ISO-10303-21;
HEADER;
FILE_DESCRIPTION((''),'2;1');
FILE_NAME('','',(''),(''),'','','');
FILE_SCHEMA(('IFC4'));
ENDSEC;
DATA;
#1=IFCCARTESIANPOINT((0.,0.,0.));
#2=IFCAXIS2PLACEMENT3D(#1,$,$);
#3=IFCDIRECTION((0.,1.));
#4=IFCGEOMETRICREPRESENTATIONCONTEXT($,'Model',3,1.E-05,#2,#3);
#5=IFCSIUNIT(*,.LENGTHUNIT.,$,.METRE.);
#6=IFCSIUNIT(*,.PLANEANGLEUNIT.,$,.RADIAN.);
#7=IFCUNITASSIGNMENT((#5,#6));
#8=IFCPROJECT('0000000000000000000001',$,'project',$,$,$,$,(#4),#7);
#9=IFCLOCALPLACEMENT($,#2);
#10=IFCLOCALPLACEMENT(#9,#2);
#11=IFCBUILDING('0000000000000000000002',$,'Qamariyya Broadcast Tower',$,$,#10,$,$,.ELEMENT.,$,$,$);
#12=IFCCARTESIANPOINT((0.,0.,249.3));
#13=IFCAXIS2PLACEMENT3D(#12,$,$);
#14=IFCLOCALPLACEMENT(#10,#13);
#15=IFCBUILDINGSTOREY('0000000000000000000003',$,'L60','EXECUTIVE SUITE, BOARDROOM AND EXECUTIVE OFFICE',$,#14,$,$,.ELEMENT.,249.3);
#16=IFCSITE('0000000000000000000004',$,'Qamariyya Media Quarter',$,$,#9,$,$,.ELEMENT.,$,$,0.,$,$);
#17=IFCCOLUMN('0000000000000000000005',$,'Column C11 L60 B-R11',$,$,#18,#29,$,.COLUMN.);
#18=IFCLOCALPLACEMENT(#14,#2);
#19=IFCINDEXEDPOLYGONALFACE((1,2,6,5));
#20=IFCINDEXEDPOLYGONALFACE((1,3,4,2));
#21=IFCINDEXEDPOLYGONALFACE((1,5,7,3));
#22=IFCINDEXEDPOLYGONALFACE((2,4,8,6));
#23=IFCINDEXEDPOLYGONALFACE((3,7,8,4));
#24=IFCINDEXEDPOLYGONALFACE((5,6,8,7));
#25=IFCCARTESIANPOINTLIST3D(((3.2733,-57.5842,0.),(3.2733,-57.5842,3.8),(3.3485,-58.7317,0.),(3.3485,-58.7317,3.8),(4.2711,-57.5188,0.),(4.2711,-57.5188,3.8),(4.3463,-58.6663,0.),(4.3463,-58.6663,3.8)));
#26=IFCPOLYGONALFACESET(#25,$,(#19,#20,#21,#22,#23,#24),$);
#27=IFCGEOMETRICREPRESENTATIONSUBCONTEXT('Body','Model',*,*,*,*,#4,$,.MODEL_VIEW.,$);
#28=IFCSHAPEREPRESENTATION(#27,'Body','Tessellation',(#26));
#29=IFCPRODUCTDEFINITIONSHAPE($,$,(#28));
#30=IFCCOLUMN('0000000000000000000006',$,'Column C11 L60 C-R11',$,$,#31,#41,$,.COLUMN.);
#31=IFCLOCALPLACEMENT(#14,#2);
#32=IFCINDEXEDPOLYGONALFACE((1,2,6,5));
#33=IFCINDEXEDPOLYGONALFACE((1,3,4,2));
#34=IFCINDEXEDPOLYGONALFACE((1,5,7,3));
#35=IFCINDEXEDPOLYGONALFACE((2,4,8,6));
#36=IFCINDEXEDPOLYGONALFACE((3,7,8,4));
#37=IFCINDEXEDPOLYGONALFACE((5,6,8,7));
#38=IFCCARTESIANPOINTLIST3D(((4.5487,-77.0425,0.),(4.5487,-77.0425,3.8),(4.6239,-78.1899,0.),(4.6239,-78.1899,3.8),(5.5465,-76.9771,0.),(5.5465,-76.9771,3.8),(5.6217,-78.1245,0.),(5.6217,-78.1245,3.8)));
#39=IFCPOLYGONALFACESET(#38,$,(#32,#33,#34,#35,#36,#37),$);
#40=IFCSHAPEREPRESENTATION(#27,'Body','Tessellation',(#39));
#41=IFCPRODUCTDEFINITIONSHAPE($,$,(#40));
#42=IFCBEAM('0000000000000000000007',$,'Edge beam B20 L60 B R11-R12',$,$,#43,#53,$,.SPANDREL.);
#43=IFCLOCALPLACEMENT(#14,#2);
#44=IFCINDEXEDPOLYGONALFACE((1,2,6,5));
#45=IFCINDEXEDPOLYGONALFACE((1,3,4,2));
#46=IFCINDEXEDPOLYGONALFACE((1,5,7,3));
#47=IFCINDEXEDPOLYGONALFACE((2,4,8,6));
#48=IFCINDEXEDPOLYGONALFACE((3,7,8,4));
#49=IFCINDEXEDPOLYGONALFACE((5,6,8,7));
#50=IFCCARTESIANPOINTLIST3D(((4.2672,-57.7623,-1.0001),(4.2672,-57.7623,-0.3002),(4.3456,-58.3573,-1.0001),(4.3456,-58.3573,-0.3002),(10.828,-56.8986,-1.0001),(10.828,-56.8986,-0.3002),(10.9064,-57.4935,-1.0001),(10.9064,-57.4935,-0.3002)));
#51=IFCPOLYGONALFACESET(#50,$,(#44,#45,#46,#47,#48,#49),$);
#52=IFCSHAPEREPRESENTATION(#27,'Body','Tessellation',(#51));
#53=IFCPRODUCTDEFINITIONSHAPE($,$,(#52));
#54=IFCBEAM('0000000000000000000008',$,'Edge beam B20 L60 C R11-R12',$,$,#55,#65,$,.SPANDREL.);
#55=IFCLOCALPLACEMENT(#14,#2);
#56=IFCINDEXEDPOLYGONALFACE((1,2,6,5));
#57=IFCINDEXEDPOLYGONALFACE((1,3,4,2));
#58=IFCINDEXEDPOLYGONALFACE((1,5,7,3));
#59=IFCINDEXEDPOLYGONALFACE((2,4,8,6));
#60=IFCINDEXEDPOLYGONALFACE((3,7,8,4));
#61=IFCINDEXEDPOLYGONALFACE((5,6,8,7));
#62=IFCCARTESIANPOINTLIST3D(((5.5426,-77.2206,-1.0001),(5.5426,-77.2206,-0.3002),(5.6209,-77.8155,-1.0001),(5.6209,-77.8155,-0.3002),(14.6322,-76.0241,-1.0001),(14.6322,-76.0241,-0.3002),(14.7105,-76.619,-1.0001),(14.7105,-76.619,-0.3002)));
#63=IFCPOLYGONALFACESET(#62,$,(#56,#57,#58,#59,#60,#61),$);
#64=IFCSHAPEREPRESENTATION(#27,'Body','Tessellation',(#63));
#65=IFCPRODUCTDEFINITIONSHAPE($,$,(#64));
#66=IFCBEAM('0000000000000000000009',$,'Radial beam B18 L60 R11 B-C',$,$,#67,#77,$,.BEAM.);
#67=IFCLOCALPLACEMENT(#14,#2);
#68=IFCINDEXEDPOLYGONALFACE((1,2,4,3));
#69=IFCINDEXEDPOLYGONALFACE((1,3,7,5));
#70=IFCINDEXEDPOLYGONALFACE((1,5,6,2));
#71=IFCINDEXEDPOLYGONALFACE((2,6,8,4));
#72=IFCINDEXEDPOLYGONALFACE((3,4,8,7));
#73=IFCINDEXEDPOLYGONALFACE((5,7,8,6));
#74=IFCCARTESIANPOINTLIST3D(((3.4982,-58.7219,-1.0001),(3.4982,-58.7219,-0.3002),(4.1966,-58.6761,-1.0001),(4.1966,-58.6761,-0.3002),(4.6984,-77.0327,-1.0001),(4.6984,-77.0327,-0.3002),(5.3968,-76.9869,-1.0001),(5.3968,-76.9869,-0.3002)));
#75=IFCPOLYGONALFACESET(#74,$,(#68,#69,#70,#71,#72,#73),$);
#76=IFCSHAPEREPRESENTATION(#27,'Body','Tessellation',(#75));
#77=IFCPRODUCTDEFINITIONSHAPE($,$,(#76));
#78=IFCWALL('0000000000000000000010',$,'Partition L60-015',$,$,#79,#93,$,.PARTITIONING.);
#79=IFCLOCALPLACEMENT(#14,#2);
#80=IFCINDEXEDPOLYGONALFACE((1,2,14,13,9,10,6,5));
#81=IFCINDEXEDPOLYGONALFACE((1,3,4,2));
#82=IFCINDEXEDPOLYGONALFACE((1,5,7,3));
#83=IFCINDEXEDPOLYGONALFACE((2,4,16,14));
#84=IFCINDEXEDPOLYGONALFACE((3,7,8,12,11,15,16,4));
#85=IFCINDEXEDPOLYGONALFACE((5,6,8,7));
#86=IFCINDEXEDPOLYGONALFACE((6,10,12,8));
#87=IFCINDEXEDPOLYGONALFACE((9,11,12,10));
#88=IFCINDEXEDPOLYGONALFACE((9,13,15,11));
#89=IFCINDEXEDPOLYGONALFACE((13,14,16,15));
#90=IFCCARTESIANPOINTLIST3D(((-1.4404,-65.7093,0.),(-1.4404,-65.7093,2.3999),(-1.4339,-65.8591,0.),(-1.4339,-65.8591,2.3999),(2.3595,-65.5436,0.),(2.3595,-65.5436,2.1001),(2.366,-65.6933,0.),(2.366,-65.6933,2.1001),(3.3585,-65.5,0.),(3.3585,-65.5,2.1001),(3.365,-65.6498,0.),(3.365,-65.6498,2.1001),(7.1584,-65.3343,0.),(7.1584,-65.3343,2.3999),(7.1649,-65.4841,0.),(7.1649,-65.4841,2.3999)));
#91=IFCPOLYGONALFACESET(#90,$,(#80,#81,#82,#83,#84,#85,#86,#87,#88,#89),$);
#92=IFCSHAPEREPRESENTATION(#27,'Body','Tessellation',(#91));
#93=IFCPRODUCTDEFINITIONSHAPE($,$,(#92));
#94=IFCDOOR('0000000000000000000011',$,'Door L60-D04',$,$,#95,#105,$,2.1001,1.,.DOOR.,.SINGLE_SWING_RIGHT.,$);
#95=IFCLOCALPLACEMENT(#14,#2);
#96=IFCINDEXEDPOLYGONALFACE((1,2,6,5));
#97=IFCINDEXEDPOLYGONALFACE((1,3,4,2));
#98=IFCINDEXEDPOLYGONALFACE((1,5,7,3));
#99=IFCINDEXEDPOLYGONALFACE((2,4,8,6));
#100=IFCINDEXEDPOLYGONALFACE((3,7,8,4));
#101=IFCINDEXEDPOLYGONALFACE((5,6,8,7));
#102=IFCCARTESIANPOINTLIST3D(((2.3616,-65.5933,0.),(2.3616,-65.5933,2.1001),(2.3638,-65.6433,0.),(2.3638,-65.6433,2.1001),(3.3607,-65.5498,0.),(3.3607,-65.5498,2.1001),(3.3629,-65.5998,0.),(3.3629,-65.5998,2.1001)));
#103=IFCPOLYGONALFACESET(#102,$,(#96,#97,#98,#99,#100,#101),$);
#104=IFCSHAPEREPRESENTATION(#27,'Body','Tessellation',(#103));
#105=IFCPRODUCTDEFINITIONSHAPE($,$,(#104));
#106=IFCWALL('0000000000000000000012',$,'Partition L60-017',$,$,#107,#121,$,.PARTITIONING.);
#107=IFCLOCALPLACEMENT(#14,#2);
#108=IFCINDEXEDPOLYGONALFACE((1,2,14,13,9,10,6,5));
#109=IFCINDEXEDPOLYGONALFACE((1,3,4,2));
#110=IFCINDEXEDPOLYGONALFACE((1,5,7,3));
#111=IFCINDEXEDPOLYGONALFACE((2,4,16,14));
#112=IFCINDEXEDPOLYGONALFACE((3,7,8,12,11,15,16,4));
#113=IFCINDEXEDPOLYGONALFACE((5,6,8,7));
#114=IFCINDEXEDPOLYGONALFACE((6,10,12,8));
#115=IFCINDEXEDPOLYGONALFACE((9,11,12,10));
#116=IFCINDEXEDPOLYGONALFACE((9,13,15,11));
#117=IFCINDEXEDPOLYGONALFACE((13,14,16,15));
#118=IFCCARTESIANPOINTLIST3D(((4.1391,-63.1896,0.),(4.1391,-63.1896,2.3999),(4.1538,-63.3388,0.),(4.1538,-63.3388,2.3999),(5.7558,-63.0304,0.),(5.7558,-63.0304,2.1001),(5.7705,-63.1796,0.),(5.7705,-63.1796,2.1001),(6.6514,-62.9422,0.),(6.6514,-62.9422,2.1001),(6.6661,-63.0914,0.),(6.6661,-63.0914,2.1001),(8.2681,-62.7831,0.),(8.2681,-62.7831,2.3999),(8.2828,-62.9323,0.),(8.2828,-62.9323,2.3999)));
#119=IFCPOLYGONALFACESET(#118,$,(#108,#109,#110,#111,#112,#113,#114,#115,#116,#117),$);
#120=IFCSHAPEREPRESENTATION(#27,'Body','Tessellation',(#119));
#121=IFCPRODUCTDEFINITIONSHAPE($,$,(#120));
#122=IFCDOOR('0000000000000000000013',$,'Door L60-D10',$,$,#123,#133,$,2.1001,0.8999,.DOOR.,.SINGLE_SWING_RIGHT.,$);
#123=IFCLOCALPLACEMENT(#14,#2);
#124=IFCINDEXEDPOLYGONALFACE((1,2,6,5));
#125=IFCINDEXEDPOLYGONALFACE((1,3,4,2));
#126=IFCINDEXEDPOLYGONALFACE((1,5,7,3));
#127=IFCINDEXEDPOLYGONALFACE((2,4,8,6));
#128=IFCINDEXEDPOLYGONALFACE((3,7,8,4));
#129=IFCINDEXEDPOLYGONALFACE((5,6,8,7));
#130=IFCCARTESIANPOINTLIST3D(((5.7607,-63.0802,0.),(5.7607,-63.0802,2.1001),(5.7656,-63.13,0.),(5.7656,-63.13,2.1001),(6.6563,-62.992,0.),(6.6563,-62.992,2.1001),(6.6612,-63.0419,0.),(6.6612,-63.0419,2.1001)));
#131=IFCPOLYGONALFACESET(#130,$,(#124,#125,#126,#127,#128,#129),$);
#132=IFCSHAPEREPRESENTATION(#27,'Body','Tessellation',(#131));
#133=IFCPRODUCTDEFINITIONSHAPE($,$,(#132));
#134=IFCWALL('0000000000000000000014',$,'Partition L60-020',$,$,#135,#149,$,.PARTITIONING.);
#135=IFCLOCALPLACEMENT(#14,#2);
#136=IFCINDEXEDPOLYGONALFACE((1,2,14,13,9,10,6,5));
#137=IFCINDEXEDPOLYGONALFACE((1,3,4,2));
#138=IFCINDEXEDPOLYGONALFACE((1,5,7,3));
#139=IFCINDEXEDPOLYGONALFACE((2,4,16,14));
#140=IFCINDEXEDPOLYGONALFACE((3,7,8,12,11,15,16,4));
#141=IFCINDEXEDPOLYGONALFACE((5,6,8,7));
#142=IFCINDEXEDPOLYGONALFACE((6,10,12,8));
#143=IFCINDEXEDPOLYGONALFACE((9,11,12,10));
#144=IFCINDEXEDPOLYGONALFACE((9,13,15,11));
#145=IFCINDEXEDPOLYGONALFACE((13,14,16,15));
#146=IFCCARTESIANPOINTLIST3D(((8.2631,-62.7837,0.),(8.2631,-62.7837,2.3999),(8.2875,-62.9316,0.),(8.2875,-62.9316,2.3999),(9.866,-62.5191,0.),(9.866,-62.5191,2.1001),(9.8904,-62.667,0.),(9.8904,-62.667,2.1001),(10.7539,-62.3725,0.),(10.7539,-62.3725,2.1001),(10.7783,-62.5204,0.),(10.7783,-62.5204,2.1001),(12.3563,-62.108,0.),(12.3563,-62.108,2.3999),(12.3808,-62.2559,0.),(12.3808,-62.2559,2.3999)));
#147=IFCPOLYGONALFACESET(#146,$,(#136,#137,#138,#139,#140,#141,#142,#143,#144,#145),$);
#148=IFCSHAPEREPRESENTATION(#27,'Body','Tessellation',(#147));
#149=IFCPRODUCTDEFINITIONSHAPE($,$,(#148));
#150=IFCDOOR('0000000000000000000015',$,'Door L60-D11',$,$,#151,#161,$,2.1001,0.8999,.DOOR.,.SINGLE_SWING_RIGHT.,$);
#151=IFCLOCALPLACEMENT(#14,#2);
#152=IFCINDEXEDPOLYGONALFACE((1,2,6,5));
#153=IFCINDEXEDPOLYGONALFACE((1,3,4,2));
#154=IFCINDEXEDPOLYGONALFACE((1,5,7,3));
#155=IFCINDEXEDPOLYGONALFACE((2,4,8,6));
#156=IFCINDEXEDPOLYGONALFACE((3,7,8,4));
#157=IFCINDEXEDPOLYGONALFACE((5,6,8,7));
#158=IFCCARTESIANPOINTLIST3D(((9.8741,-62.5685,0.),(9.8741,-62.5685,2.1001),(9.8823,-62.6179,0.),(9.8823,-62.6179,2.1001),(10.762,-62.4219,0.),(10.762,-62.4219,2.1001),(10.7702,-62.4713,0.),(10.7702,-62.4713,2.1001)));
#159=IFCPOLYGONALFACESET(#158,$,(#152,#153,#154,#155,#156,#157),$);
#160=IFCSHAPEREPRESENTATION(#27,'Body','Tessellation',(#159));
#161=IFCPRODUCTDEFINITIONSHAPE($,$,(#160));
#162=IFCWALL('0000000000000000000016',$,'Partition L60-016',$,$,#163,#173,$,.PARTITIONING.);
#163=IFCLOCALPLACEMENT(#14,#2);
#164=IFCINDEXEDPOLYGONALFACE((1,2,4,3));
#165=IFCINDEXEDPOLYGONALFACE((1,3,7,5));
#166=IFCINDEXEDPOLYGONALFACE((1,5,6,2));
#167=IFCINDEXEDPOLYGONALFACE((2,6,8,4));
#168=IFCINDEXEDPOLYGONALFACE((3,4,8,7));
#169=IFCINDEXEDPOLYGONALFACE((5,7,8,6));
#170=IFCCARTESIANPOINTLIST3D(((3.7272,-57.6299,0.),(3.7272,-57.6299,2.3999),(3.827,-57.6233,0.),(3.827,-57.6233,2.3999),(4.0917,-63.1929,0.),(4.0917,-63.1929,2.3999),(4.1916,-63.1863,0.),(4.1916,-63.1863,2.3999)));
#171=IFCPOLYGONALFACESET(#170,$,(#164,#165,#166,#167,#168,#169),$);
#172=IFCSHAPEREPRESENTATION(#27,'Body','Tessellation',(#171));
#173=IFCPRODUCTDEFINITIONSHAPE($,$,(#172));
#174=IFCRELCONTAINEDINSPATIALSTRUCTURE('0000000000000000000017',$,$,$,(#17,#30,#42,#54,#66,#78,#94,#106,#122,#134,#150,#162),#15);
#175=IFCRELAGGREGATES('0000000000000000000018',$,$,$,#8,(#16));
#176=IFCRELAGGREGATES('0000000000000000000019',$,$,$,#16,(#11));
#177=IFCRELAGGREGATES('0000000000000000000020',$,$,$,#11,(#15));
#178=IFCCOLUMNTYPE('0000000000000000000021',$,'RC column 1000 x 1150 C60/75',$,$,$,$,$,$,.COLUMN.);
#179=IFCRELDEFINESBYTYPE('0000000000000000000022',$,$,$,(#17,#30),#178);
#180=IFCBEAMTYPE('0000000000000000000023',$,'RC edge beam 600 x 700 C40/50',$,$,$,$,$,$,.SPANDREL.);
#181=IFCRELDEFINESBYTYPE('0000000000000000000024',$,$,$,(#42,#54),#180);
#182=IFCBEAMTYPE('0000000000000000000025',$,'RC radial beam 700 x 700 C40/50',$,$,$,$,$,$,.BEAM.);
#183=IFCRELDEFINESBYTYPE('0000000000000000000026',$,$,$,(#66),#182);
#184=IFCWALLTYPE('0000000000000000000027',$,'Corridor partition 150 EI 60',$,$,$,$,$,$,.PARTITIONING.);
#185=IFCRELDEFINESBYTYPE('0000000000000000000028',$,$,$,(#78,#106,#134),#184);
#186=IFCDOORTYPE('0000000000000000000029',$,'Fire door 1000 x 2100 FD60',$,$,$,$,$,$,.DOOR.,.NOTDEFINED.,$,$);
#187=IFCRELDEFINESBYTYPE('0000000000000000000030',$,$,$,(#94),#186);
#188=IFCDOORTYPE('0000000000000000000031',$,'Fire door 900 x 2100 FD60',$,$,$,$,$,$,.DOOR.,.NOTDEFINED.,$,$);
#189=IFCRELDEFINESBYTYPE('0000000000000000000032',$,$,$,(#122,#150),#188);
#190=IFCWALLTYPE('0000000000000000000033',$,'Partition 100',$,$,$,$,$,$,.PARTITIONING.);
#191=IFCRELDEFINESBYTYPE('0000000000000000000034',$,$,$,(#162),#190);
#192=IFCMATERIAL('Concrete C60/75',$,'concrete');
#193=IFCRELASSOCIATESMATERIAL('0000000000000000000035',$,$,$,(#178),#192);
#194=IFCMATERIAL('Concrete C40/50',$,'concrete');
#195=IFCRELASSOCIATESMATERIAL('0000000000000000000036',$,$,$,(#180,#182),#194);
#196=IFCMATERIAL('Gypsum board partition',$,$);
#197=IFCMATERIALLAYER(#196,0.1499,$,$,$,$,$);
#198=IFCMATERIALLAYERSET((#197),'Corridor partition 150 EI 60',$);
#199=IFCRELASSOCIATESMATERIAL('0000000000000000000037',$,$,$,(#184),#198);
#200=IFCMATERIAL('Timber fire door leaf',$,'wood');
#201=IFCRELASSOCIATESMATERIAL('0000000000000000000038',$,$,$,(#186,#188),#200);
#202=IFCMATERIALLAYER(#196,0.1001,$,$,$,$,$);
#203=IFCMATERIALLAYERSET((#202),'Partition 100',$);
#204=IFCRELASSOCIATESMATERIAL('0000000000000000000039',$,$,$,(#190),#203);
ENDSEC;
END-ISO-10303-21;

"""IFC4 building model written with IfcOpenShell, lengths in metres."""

from ifc_helpers import new_model, si_unit, direction, frame, frame_2d, origin, origin_2d, place, context, subcontext, project, spatial, rectangle, extrude, material, layer, layer_set, material_profile, profile_set, type_object, element, fill, save


model = new_model("IFC4")

# Units and contexts
model_context = context("Model", 3, precision=1e-05, world=origin(), true_north=direction((0.0, 1.0)))
body_context = subcontext(model_context, "Body", "Model", "MODEL_VIEW")
ifc_project = project(units=[si_unit("LENGTHUNIT", "METRE"), si_unit("PLANEANGLEUNIT", "RADIAN")], contexts=[model_context])

# Site, building, storey
site_placement = place(None, origin())
site = spatial("IfcSite", under=ifc_project, at=site_placement, Name="Qamariyya Media Quarter", CompositionType="ELEMENT", RefElevation=0.0)
building_placement = place(site_placement, origin())
building = spatial("IfcBuilding", under=site, at=building_placement, Name="Qamariyya Broadcast Tower", CompositionType="ELEMENT")
storey_placement = place(building_placement, frame((0.0, 0.0, 249.3)))
storey = spatial("IfcBuildingStorey", under=building, at=storey_placement, Name="L60", Description="EXECUTIVE SUITE, BOARDROOM AND EXECUTIVE OFFICE", CompositionType="ELEMENT", Elevation=249.3)

# Columns
ifc_material_1 = material(Name="Concrete C60/75", Category="concrete")
ifc_material_profile_1 = material_profile(ifc_material_1, rectangle(XDim=1.0, YDim=1.1499, at=origin_2d()))
ifc_profile_set_1 = profile_set([ifc_material_profile_1], Name="Concrete C60/75")
column_type = type_object("IfcColumnType", Name="RC column 1000 x 1150 C60/75", PredefinedType="COLUMN", material=ifc_profile_set_1)
for number, where, z_axis, x_axis, name in (
    (1, (3.8098, -58.1252, 0.0), (0.0, 0.0, 1.0), (0.997859, 0.065403, 0.0), "Column C11 L60 B-R11"),
    (2, (5.0852, -77.5835, 0.0), (0.0, 0.0, 1.0), (0.997859, 0.065403, 0.0), "Column C11 L60 C-R11"),
):
    element("IfcColumn", number, at=place(storey_placement, frame(where, z_axis=z_axis, x_axis=x_axis)), inside=storey, type_object=column_type, Name=name, PredefinedType="COLUMN", context=body_context, shape_type="SweptSolid", body=[
        extrude(rectangle(XDim=1.0, YDim=1.1499, at=origin_2d()), origin(), (0.0, 0.0, 1.0), 3.8),
    ])

# Beams
ifc_material_2 = material(Name="Concrete C40/50", Category="concrete")
ifc_material_profile_2 = material_profile(ifc_material_2, rectangle(XDim=0.6001, YDim=0.7, at=origin_2d()))
ifc_profile_set_2 = profile_set([ifc_material_profile_2], Name="Concrete C40/50")
beam_type_1 = type_object("IfcBeamType", Name="RC edge beam 600 x 700 C40/50", PredefinedType="SPANDREL", material=ifc_profile_set_2)
beam_1_placement = place(storey_placement, frame((4.3064, -58.0598, -0.6501), z_axis=(0.991444, 0.13053, 0.0), x_axis=(-0.13053, 0.991444, 0.0)))
element("IfcBeam", 3, at=beam_1_placement, inside=storey, type_object=beam_type_1, Name="Edge beam B20 L60 B R11-R12", PredefinedType="SPANDREL", context=body_context, shape_type="SweptSolid", body=[
    extrude(rectangle(XDim=0.6001, YDim=0.7, at=origin_2d()), origin(), (0.0, 0.0, 1.0), 6.6174),
])
beam_2_placement = place(storey_placement, frame((5.5818, -77.5181, -0.6501), z_axis=(0.991447, 0.130512, 0.0), x_axis=(-0.130512, 0.991447, 0.0)))
element("IfcBeam", 4, at=beam_2_placement, inside=storey, type_object=beam_type_1, Name="Edge beam B20 L60 C R11-R12", PredefinedType="SPANDREL", context=body_context, shape_type="SweptSolid", body=[
    extrude(rectangle(XDim=0.6001, YDim=0.7, at=origin_2d()), origin(), (0.0, 0.0, 1.0), 9.168),
])
ifc_material_profile_3 = material_profile(ifc_material_2, rectangle(XDim=0.7, YDim=0.7, at=origin_2d()))
ifc_profile_set_3 = profile_set([ifc_material_profile_3], Name="Concrete C40/50")
beam_type_2 = type_object("IfcBeamType", Name="RC radial beam 700 x 700 C40/50", PredefinedType="BEAM", material=ifc_profile_set_3)
beam_3_placement = place(storey_placement, frame((3.8474, -58.699, -0.6501), z_axis=(0.065405, -0.997859, 0.0), x_axis=(0.997859, 0.065405, 0.0)))
element("IfcBeam", 5, at=beam_3_placement, inside=storey, type_object=beam_type_2, Name="Radial beam B18 L60 R11 B-C", PredefinedType="BEAM", context=body_context, shape_type="SweptSolid", body=[
    extrude(rectangle(XDim=0.7, YDim=0.7, at=origin_2d()), origin(), (0.0, 0.0, 1.0), 18.3501),
])

# Walls, openings, doors
ifc_material_3 = material(Name="Gypsum board partition")
ifc_layer_1 = layer(ifc_material_3, 0.1499)
ifc_layer_set_1 = layer_set([ifc_layer_1], Name="Corridor partition 150 EI 60")
wall_type_1 = type_object("IfcWallType", Name="Corridor partition 150 EI 60", PredefinedType="PARTITIONING", material=ifc_layer_set_1)
wall_1_placement = place(storey_placement, frame((7.1616, -65.4092, 0.0), z_axis=(0.0, 0.0, 1.0), x_axis=(-0.99905, -0.043569, 0.0)))
wall_1 = element("IfcWall", 6, at=wall_1_placement, inside=storey, type_object=wall_type_1, Name="Partition L60-015", PredefinedType="PARTITIONING", context=body_context, shape_type="SweptSolid", body=[
    extrude(rectangle(XDim=8.6069, YDim=0.1499, at=frame_2d((4.3035, 0.0))), origin(), (0.0, 0.0, 1.0), 2.3999),
])
opening_1_placement = place(wall_1_placement, frame((3.8035, 0.0, 0.0)))
opening_1 = element("IfcOpeningElement", 7, at=opening_1_placement, cuts=wall_1, PredefinedType="OPENING", context=body_context, shape_type="SweptSolid", body=[
    extrude(rectangle(XDim=1.0, YDim=2.1001, at=frame_2d((0.5, 1.05))), frame((0.0, 0.085, 0.0), z_axis=(0.0, -1.0, 0.0), x_axis=(1.0, 0.0, 0.0)), (0.0, 0.0, 1.0), 0.1699),
])
ifc_material_4 = material(Name="Timber fire door leaf", Category="wood")
door_type_1 = type_object("IfcDoorType", Name="Fire door 1000 x 2100 FD60", OperationType="NOTDEFINED", PredefinedType="DOOR", material=ifc_material_4)
door_1_placement = place(opening_1_placement, origin())
door_1 = element("IfcDoor", 8, at=door_1_placement, inside=storey, type_object=door_type_1, Name="Door L60-D04", OperationType="SINGLE_SWING_RIGHT", OverallHeight=2.1001, OverallWidth=1.0, PredefinedType="DOOR", context=body_context, shape_type="SweptSolid", body=[
    extrude(rectangle(XDim=1.0, YDim=2.1001, at=frame_2d((0.5, 1.05))), frame((0.0, 0.0249, 0.0), z_axis=(0.0, -1.0, 0.0), x_axis=(1.0, 0.0, 0.0)), (0.0, 0.0, 1.0), 0.05),
])
fill(opening_1, door_1)
wall_2_placement = place(storey_placement, frame((4.1465, -63.2642, 0.0), z_axis=(0.0, 0.0, 1.0), x_axis=(0.995189, 0.097977, 0.0)))
wall_2 = element("IfcWall", 9, at=wall_2_placement, inside=storey, type_object=wall_type_1, Name="Partition L60-017", PredefinedType="PARTITIONING", context=body_context, shape_type="SweptSolid", body=[
    extrude(rectangle(XDim=4.1489, YDim=0.1499, at=frame_2d((2.0745, 0.0))), origin(), (0.0, 0.0, 1.0), 2.3999),
])
opening_2_placement = place(wall_2_placement, frame((1.6245, 0.0, 0.0)))
opening_2 = element("IfcOpeningElement", 10, at=opening_2_placement, cuts=wall_2, PredefinedType="OPENING", context=body_context, shape_type="SweptSolid", body=[
    extrude(rectangle(XDim=0.8999, YDim=2.1001, at=frame_2d((0.45, 1.05))), frame((0.0, 0.085, 0.0), z_axis=(0.0, -1.0, 0.0), x_axis=(1.0, 0.0, 0.0)), (0.0, 0.0, 1.0), 0.1699),
])
door_type_2 = type_object("IfcDoorType", Name="Fire door 900 x 2100 FD60", OperationType="NOTDEFINED", PredefinedType="DOOR", material=ifc_material_4)
door_2_placement = place(opening_2_placement, origin())
door_2 = element("IfcDoor", 11, at=door_2_placement, inside=storey, type_object=door_type_2, Name="Door L60-D10", OperationType="SINGLE_SWING_RIGHT", OverallHeight=2.1001, OverallWidth=0.8999, PredefinedType="DOOR", context=body_context, shape_type="SweptSolid", body=[
    extrude(rectangle(XDim=0.8999, YDim=2.1001, at=frame_2d((0.45, 1.05))), frame((0.0, 0.0249, 0.0), z_axis=(0.0, -1.0, 0.0), x_axis=(1.0, 0.0, 0.0)), (0.0, 0.0, 1.0), 0.05),
])
fill(opening_2, door_2)
wall_3_placement = place(storey_placement, frame((8.2754, -62.8577, 0.0), z_axis=(0.0, 0.0, 1.0), x_axis=(0.986644, 0.162891, 0.0)))
wall_3 = element("IfcWall", 12, at=wall_3_placement, inside=storey, type_object=wall_type_1, Name="Partition L60-020", PredefinedType="PARTITIONING", context=body_context, shape_type="SweptSolid", body=[
    extrude(rectangle(XDim=4.1487, YDim=0.1499, at=frame_2d((2.0742, 0.0))), origin(), (0.0, 0.0, 1.0), 2.3999),
])
opening_3_placement = place(wall_3_placement, frame((1.6245, 0.0, 0.0)))
opening_3 = element("IfcOpeningElement", 13, at=opening_3_placement, cuts=wall_3, PredefinedType="OPENING", context=body_context, shape_type="SweptSolid", body=[
    extrude(rectangle(XDim=0.8999, YDim=2.1001, at=frame_2d((0.45, 1.05))), frame((0.0, 0.085, 0.0), z_axis=(0.0, -1.0, 0.0), x_axis=(1.0, 0.0, 0.0)), (0.0, 0.0, 1.0), 0.1699),
])
door_3_placement = place(opening_3_placement, origin())
door_3 = element("IfcDoor", 14, at=door_3_placement, inside=storey, type_object=door_type_2, Name="Door L60-D11", OperationType="SINGLE_SWING_RIGHT", OverallHeight=2.1001, OverallWidth=0.8999, PredefinedType="DOOR", context=body_context, shape_type="SweptSolid", body=[
    extrude(rectangle(XDim=0.8999, YDim=2.1001, at=frame_2d((0.45, 1.05))), frame((0.0, 0.0249, 0.0), z_axis=(0.0, -1.0, 0.0), x_axis=(1.0, 0.0, 0.0)), (0.0, 0.0, 1.0), 0.05),
])
fill(opening_3, door_3)

# Wall
ifc_layer_2 = layer(ifc_material_3, 0.1001)
ifc_layer_set_2 = layer_set([ifc_layer_2], Name="Partition 100")
wall_type_2 = type_object("IfcWallType", Name="Partition 100", PredefinedType="PARTITIONING", material=ifc_layer_set_2)
wall_4_placement = place(storey_placement, frame((3.7771, -57.6265, 0.0), z_axis=(0.0, 0.0, 1.0), x_axis=(0.065382, -0.99786, 0.0)))
element("IfcWall", 15, at=wall_4_placement, inside=storey, type_object=wall_type_2, Name="Partition L60-016", PredefinedType="PARTITIONING", context=body_context, shape_type="SweptSolid", body=[
    extrude(rectangle(XDim=5.575, YDim=0.1001, at=frame_2d((2.7876, 0.0))), origin(), (0.0, 0.0, 1.0), 2.3999),
])

save(model, "model.ifc")
